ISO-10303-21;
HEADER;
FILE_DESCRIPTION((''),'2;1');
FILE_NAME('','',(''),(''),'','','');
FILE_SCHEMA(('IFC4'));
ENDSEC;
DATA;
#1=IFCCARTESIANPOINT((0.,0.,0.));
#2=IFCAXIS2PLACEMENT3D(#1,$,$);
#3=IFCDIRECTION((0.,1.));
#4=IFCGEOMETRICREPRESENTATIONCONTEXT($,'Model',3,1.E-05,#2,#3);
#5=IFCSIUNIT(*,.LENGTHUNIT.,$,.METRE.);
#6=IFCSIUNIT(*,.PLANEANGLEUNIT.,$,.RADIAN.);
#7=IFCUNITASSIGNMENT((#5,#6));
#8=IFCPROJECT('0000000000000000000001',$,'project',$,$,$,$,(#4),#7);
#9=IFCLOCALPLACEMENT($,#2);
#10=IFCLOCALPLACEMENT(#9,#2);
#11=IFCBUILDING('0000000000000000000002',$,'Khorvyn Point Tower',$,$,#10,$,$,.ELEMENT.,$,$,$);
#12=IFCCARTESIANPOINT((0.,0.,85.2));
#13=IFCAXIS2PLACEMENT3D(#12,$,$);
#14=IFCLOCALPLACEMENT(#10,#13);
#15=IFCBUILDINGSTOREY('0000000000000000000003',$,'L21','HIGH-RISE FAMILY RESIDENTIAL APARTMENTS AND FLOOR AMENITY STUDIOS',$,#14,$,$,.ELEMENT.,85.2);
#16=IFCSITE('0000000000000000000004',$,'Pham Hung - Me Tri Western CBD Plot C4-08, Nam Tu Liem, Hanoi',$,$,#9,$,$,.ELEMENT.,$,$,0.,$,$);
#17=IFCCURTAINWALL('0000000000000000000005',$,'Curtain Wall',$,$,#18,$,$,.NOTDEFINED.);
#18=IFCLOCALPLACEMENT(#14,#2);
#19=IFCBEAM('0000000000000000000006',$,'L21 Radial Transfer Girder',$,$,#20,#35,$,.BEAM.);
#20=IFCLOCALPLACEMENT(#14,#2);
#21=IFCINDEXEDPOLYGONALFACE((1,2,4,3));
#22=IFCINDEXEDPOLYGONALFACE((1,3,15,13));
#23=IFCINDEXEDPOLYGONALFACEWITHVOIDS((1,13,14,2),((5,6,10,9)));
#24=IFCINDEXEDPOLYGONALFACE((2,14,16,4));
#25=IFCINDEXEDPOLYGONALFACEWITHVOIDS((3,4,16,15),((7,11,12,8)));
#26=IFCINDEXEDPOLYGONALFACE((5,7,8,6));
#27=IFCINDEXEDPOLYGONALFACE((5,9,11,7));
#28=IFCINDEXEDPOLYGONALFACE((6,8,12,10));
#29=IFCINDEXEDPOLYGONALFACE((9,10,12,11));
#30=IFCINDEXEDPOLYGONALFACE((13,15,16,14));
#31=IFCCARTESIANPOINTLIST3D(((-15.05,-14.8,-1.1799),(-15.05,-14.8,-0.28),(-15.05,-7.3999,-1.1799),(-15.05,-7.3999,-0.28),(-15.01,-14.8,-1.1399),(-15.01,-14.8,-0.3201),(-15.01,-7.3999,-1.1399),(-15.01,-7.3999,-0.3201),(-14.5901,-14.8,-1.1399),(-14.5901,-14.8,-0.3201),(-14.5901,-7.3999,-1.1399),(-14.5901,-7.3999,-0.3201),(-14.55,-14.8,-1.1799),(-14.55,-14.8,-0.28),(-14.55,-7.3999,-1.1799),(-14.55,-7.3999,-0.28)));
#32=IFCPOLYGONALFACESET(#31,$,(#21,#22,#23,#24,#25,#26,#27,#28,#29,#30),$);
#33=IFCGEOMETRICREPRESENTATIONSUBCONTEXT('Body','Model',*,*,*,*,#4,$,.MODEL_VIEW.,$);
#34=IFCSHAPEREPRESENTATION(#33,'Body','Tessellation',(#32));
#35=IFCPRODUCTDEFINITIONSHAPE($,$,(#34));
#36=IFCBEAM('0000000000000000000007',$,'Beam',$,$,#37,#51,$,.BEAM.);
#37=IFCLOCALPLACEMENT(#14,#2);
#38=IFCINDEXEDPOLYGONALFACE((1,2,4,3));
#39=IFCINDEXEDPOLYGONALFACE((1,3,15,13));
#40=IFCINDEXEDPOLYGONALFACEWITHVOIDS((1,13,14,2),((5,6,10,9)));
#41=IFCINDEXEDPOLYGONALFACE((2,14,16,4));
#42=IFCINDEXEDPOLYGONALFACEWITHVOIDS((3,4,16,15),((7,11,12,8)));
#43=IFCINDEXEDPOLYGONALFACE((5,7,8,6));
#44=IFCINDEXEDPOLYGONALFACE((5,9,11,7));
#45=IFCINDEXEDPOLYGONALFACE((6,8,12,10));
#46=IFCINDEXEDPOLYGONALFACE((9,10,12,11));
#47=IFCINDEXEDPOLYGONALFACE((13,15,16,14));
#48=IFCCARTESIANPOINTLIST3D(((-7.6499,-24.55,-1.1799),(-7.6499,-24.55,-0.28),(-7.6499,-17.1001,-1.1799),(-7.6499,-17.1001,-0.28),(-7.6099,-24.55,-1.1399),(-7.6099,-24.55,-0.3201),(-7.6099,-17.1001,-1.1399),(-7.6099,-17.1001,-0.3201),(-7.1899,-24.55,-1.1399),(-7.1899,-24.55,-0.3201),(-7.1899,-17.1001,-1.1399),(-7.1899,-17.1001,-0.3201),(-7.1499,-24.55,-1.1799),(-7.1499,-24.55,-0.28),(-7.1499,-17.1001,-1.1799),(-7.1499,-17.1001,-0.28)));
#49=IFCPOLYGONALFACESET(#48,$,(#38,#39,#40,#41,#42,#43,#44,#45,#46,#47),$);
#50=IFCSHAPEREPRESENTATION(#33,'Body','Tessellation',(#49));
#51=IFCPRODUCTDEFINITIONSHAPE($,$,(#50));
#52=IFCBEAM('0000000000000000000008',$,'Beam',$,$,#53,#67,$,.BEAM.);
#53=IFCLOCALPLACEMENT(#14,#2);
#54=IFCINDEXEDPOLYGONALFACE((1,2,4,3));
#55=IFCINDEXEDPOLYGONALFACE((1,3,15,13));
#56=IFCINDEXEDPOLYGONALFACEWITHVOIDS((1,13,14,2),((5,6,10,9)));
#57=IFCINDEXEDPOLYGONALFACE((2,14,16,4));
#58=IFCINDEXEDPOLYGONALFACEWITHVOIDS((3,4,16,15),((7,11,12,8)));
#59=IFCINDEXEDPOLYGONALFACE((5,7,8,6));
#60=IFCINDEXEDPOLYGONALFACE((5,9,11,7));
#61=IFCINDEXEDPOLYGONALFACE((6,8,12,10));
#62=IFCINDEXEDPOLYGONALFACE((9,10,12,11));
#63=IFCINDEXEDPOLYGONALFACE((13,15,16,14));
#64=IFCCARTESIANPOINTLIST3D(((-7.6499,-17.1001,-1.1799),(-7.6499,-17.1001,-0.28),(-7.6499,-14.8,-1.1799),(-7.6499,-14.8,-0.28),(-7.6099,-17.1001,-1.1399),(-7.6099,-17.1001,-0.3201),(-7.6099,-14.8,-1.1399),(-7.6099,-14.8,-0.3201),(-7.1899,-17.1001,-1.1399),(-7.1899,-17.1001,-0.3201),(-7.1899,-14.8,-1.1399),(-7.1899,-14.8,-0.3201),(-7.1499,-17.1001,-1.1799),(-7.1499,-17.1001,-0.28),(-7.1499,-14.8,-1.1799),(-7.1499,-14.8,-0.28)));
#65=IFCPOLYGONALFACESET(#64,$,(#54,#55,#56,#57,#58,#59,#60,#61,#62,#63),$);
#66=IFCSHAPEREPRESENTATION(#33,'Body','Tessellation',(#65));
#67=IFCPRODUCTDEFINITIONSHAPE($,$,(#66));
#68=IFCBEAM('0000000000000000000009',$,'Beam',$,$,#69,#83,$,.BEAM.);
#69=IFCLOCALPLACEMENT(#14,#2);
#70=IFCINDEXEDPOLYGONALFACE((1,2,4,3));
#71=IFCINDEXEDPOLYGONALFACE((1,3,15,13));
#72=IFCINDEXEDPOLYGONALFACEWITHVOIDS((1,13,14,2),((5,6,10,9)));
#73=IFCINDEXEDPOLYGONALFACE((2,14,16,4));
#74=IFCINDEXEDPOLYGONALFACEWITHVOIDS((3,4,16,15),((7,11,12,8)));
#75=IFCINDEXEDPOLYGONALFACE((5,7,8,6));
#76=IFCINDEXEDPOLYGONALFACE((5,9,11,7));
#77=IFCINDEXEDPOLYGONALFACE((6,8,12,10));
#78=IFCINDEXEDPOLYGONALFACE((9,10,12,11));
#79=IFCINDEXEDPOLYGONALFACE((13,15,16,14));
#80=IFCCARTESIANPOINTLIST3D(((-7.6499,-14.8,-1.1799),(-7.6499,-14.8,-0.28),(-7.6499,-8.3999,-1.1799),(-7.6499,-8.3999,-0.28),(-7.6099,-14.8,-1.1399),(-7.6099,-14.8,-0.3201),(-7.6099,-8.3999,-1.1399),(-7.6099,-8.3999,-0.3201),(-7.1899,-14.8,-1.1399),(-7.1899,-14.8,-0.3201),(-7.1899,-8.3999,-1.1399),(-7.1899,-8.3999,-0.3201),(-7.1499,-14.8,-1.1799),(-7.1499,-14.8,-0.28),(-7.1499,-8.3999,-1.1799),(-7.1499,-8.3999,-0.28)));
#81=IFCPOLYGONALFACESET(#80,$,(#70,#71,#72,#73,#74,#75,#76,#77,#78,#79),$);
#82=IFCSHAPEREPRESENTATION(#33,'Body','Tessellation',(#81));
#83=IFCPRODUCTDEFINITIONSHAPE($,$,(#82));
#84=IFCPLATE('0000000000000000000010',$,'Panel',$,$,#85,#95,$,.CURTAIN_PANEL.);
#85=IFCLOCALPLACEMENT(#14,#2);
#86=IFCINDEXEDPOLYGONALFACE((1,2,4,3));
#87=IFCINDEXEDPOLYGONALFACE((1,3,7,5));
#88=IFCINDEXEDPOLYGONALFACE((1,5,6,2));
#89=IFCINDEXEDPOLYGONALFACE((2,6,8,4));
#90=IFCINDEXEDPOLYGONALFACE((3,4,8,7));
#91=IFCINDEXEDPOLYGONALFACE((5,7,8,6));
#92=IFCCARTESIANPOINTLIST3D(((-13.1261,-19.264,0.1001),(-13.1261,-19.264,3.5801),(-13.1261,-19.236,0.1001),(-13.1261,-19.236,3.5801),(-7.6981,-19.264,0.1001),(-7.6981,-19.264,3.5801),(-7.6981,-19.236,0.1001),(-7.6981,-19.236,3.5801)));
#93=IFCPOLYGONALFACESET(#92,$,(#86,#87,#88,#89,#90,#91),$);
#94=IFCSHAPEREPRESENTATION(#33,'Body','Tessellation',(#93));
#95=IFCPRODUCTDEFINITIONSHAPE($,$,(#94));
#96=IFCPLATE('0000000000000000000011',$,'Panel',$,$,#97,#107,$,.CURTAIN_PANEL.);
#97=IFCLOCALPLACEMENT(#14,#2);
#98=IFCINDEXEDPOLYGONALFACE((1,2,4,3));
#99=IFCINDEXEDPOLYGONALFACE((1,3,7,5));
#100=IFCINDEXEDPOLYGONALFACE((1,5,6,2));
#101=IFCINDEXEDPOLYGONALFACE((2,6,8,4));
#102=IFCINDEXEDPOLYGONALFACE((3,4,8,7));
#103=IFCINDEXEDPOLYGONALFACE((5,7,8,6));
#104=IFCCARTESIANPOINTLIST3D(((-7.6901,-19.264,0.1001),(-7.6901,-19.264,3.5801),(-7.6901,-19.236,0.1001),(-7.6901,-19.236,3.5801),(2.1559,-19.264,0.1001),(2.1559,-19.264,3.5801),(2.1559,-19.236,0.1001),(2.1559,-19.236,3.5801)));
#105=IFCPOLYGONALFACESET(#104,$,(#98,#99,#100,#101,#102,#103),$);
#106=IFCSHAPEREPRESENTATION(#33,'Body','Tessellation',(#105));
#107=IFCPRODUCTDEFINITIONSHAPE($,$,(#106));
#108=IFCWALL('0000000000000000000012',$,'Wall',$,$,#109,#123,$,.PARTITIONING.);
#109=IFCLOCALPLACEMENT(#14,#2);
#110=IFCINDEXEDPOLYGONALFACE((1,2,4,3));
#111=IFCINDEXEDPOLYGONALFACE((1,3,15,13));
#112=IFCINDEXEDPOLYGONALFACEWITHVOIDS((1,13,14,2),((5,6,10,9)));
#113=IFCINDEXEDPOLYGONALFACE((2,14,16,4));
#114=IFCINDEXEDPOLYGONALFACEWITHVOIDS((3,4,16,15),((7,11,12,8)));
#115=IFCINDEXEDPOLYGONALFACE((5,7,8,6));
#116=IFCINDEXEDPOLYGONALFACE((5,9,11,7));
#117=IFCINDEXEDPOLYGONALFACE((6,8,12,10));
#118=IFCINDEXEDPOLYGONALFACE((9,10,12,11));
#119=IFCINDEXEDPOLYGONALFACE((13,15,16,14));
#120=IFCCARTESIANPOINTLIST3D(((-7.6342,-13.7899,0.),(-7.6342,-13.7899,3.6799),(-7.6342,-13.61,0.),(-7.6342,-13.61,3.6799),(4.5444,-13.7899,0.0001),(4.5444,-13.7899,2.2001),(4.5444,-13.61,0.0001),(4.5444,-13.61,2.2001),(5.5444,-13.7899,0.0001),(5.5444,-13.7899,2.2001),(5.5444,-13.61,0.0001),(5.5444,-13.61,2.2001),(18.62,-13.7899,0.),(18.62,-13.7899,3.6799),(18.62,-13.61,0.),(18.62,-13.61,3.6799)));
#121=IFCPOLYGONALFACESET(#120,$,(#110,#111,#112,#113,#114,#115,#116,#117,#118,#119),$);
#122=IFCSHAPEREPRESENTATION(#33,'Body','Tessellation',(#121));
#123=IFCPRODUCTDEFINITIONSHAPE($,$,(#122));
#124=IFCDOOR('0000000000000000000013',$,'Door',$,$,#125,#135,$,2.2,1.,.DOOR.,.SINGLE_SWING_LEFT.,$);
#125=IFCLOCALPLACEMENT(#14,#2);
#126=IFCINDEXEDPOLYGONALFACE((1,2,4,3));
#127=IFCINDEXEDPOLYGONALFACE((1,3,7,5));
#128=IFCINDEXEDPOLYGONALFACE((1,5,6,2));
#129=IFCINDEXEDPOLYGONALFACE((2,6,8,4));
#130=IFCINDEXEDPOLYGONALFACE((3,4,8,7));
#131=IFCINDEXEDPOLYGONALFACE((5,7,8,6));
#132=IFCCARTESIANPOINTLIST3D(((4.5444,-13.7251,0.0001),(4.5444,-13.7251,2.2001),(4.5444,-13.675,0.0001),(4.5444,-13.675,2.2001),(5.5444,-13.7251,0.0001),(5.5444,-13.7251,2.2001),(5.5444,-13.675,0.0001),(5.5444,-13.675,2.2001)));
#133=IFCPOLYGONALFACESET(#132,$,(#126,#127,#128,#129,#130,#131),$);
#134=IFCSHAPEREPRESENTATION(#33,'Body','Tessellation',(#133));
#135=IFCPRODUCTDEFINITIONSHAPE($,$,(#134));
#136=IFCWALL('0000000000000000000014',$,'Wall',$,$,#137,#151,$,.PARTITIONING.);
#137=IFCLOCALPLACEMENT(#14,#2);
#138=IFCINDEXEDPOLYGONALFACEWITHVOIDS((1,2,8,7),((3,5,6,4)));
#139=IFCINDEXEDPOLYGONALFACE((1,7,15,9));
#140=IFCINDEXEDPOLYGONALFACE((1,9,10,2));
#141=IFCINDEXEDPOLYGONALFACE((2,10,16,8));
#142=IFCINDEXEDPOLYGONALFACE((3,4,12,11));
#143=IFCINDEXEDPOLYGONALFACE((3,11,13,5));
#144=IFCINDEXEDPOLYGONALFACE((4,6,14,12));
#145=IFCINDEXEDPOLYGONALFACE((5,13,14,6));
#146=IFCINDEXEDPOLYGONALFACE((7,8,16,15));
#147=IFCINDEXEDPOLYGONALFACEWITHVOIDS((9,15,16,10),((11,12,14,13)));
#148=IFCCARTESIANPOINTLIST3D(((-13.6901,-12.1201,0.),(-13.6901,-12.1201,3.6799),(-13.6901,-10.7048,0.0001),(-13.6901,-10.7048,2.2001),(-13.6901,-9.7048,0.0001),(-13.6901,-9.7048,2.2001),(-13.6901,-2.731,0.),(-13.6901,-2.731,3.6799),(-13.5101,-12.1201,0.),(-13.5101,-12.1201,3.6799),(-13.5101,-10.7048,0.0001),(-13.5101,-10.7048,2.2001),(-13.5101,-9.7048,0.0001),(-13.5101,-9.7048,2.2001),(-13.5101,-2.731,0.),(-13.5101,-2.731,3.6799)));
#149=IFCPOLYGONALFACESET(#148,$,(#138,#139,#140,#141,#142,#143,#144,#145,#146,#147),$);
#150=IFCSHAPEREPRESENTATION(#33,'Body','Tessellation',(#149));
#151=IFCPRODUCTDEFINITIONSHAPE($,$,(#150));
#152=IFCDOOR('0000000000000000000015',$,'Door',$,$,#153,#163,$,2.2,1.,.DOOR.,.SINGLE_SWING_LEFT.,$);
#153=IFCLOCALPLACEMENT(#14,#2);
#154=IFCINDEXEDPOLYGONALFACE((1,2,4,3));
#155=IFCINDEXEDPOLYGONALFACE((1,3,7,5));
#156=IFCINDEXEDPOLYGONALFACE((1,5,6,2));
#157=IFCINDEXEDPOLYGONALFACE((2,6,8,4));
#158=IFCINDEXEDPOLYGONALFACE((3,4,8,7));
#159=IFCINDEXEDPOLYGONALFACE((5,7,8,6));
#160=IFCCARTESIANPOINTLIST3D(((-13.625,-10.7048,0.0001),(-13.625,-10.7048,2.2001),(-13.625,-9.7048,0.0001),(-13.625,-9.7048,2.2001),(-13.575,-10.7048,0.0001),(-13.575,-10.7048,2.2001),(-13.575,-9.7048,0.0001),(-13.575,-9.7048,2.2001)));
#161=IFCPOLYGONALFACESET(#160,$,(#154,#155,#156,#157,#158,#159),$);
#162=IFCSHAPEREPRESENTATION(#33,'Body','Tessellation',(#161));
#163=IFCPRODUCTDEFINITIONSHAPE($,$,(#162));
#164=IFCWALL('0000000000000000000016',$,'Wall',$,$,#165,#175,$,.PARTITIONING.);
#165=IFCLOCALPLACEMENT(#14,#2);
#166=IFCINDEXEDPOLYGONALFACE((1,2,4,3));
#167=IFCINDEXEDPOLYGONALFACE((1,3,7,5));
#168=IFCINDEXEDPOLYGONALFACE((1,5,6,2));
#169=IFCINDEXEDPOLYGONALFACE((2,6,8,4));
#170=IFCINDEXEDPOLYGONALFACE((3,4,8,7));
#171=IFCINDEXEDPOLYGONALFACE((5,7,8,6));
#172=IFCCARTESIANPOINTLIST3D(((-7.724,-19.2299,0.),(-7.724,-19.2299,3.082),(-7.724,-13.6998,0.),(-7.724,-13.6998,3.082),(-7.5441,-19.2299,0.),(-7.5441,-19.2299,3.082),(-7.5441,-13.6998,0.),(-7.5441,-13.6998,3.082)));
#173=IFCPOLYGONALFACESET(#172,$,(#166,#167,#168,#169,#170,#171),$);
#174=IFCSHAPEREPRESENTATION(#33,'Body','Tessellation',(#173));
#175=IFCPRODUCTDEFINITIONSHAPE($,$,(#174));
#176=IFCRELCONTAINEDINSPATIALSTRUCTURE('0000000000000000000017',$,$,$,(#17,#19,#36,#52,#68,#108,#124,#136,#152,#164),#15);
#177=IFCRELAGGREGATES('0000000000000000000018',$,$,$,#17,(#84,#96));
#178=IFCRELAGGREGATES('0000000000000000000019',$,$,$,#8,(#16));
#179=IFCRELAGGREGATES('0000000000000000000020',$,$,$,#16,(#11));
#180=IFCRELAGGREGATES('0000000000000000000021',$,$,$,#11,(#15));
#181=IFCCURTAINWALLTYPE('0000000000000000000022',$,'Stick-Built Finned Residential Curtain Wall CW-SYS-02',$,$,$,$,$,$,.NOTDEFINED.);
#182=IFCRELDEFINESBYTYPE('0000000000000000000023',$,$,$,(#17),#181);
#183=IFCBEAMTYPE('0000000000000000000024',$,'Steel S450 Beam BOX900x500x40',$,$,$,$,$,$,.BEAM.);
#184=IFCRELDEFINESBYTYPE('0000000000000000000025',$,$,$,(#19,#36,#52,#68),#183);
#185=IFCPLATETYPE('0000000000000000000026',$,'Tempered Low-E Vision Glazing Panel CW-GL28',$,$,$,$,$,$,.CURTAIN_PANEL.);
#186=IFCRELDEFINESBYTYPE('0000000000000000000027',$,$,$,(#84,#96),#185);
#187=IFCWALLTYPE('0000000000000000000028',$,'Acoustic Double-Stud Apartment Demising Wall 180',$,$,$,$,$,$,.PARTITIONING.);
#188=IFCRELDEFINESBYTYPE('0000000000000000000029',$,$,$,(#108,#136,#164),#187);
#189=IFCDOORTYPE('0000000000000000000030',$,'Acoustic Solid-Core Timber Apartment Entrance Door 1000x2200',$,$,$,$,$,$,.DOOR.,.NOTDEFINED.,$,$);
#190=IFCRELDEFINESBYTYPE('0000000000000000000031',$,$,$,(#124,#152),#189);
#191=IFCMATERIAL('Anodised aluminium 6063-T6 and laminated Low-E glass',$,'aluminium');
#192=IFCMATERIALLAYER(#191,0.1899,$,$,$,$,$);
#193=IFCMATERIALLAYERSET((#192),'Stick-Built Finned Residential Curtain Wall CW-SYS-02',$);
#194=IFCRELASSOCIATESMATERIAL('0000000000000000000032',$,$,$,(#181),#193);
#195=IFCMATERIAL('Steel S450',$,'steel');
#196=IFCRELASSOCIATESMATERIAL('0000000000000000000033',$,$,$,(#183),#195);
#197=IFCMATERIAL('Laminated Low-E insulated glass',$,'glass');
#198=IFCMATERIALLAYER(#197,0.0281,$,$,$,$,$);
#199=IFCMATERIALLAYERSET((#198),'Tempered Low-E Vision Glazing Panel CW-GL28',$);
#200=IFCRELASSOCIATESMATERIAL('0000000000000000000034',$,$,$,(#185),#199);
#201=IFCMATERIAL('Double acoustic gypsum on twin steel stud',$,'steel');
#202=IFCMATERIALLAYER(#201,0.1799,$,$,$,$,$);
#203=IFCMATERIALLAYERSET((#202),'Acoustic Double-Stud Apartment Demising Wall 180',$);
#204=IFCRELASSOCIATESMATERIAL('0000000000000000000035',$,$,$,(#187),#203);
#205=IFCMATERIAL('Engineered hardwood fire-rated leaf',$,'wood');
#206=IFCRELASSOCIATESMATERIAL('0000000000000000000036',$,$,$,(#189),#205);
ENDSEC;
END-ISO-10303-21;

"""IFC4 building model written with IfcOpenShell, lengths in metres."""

from ifc_helpers import new_model, si_unit, direction, frame, frame_2d, origin, origin_2d, place, context, subcontext, project, spatial, rectangle, hollow_rectangle, extrude, material, layer, layer_set, material_profile, profile_set, type_object, element, fill, aggregate, save


model = new_model("IFC4")

# Units and contexts
model_context = context("Model", 3, precision=1e-05, world=origin(), true_north=direction((0.0, 1.0)))
body_context = subcontext(model_context, "Body", "Model", "MODEL_VIEW")
ifc_project = project(units=[si_unit("LENGTHUNIT", "METRE"), si_unit("PLANEANGLEUNIT", "RADIAN")], contexts=[model_context])

# Site, building, storey
site_placement = place(None, origin())
site = spatial("IfcSite", under=ifc_project, at=site_placement, Name="Pham Hung - Me Tri Western CBD Plot C4-08, Nam Tu Liem, Hanoi", CompositionType="ELEMENT", RefElevation=0.0)
building_placement = place(site_placement, origin())
building = spatial("IfcBuilding", under=site, at=building_placement, Name="Khorvyn Point Tower", CompositionType="ELEMENT")
storey_placement = place(building_placement, frame((0.0, 0.0, 85.2)))
storey = spatial("IfcBuildingStorey", under=building, at=storey_placement, Name="L21", Description="HIGH-RISE FAMILY RESIDENTIAL APARTMENTS AND FLOOR AMENITY STUDIOS", CompositionType="ELEMENT", Elevation=85.2)

# Curtain wall
ifc_material_1 = material(Name="Anodised aluminium 6063-T6 and laminated Low-E glass", Category="aluminium")
ifc_layer_1 = layer(ifc_material_1, 0.1899)
ifc_layer_set_1 = layer_set([ifc_layer_1], Name="Stick-Built Finned Residential Curtain Wall CW-SYS-02")
curtain_wall_type = type_object("IfcCurtainWallType", Name="Stick-Built Finned Residential Curtain Wall CW-SYS-02", PredefinedType="NOTDEFINED", material=ifc_layer_set_1)
curtain_wall_1_placement = place(storey_placement, origin())
curtain_wall_1 = element("IfcCurtainWall", 1, at=curtain_wall_1_placement, inside=storey, type_object=curtain_wall_type, Name="Curtain Wall", PredefinedType="NOTDEFINED")

# Beams
ifc_material_2 = material(Name="Steel S450", Category="steel")
ifc_material_profile_1 = material_profile(ifc_material_2, hollow_rectangle(XDim=0.5, YDim=0.8999, WallThickness=0.04, at=origin_2d()))
ifc_profile_set_1 = profile_set([ifc_material_profile_1], Name="Steel S450 BOX900x500x40")
beam_type_1 = type_object("IfcBeamType", Name="Steel S450 Beam BOX900x500x40", PredefinedType="BEAM", material=ifc_profile_set_1)
beam_1_placement = place(storey_placement, frame((-14.8, -14.8, -0.73), z_axis=(0.0, 1.0, 0.0), x_axis=(-1.0, 0.0, 0.0)))
element("IfcBeam", 2, at=beam_1_placement, inside=storey, type_object=beam_type_1, Name="L21 Radial Transfer Girder", PredefinedType="BEAM", context=body_context, shape_type="SweptSolid", body=[
    extrude(hollow_rectangle(XDim=0.5, YDim=0.8999, WallThickness=0.04, at=origin_2d()), origin(), (0.0, 0.0, 1.0), 7.4001),
])
beam_2_placement = place(storey_placement, frame((-7.3999, -24.55, -0.73), z_axis=(0.0, 1.0, 0.0), x_axis=(-1.0, 0.0, 0.0)))
element("IfcBeam", 3, at=beam_2_placement, inside=storey, type_object=beam_type_1, Name="Beam", PredefinedType="BEAM", context=body_context, shape_type="SweptSolid", body=[
    extrude(hollow_rectangle(XDim=0.5, YDim=0.8999, WallThickness=0.04, at=origin_2d()), origin(), (0.0, 0.0, 1.0), 7.45),
])
beam_3_placement = place(storey_placement, frame((-7.3999, -17.1001, -0.73), z_axis=(0.0, 1.0, 0.0), x_axis=(-1.0, 0.0, 0.0)))
element("IfcBeam", 4, at=beam_3_placement, inside=storey, type_object=beam_type_1, Name="Beam", PredefinedType="BEAM", context=body_context, shape_type="SweptSolid", body=[
    extrude(hollow_rectangle(XDim=0.5, YDim=0.8999, WallThickness=0.04, at=origin_2d()), origin(), (0.0, 0.0, 1.0), 2.3),
])
beam_4_placement = place(storey_placement, frame((-7.3999, -14.8, -0.73), z_axis=(0.0, 1.0, 0.0), x_axis=(-1.0, 0.0, 0.0)))
element("IfcBeam", 5, at=beam_4_placement, inside=storey, type_object=beam_type_1, Name="Beam", PredefinedType="BEAM", context=body_context, shape_type="SweptSolid", body=[
    extrude(hollow_rectangle(XDim=0.5, YDim=0.8999, WallThickness=0.04, at=origin_2d()), origin(), (0.0, 0.0, 1.0), 6.4001),
])

# Plates
ifc_material_3 = material(Name="Laminated Low-E insulated glass", Category="glass")
ifc_layer_2 = layer(ifc_material_3, 0.0281)
ifc_layer_set_2 = layer_set([ifc_layer_2], Name="Tempered Low-E Vision Glazing Panel CW-GL28")
plate_type = type_object("IfcPlateType", Name="Tempered Low-E Vision Glazing Panel CW-GL28", PredefinedType="CURTAIN_PANEL", material=ifc_layer_set_2)
plate_1_placement = place(storey_placement, frame((-10.4121, -19.25, 0.1001), z_axis=(0.0, 0.0, 1.0), x_axis=(-1.0, 0.0, 0.0)))
plate_1 = element("IfcPlate", 6, at=plate_1_placement, type_object=plate_type, Name="Panel", PredefinedType="CURTAIN_PANEL", context=body_context, shape_type="SweptSolid", body=[
    extrude(rectangle(XDim=5.428, YDim=0.0281, at=origin_2d()), origin(), (0.0, 0.0, 1.0), 3.48),
])
plate_2_placement = place(storey_placement, frame((-2.7671, -19.25, 0.1001), z_axis=(0.0, 0.0, 1.0), x_axis=(-1.0, 0.0, 0.0)))
plate_2 = element("IfcPlate", 7, at=plate_2_placement, type_object=plate_type, Name="Panel", PredefinedType="CURTAIN_PANEL", context=body_context, shape_type="SweptSolid", body=[
    extrude(rectangle(XDim=9.8459, YDim=0.0281, at=origin_2d()), origin(), (0.0, 0.0, 1.0), 3.48),
])
aggregate(curtain_wall_1, [plate_1, plate_2])

# Walls, openings, doors
ifc_material_4 = material(Name="Double acoustic gypsum on twin steel stud", Category="steel")
ifc_layer_3 = layer(ifc_material_4, 0.1799)
ifc_layer_set_3 = layer_set([ifc_layer_3], Name="Acoustic Double-Stud Apartment Demising Wall 180")
wall_type_1 = type_object("IfcWallType", Name="Acoustic Double-Stud Apartment Demising Wall 180", PredefinedType="PARTITIONING", material=ifc_layer_set_3)
wall_1_placement = place(storey_placement, frame((-7.634, -13.7, 0.0), z_axis=(0.0, 0.0, 1.0), x_axis=(1.0, 0.0, 0.0)))
wall_1 = element("IfcWall", 8, at=wall_1_placement, inside=storey, type_object=wall_type_1, Name="Wall", PredefinedType="PARTITIONING", context=body_context, shape_type="SweptSolid", body=[
    extrude(rectangle(XDim=26.2542, YDim=0.1799, at=frame_2d((13.127, 0.0))), origin(), (0.0, 0.0, 1.0), 3.6799),
])
opening_1_placement = place(wall_1_placement, frame((12.1785, 0.0, 0.0)))
opening_1 = element("IfcOpeningElement", 9, at=opening_1_placement, cuts=wall_1, PredefinedType="OPENING", context=body_context, shape_type="SweptSolid", body=[
    extrude(rectangle(XDim=1.0, YDim=2.2, at=frame_2d((0.5, 1.1001))), frame((0.0, 0.0999, 0.0), z_axis=(0.0, -1.0, 0.0), x_axis=(1.0, 0.0, 0.0)), (0.0, 0.0, 1.0), 0.2),
])
ifc_material_5 = material(Name="Engineered hardwood fire-rated leaf", Category="wood")
door_type_1 = type_object("IfcDoorType", Name="Acoustic Solid-Core Timber Apartment Entrance Door 1000x2200", OperationType="NOTDEFINED", PredefinedType="DOOR", material=ifc_material_5)
door_1_placement = place(opening_1_placement, origin())
door_1 = element("IfcDoor", 10, at=door_1_placement, inside=storey, type_object=door_type_1, Name="Door", OperationType="SINGLE_SWING_LEFT", OverallHeight=2.2, OverallWidth=1.0, PredefinedType="DOOR", context=body_context, shape_type="SweptSolid", body=[
    extrude(rectangle(XDim=1.0, YDim=2.2, at=frame_2d((0.5, 1.1001))), frame((0.0, 0.0249, 0.0), z_axis=(0.0, -1.0, 0.0), x_axis=(1.0, 0.0, 0.0)), (0.0, 0.0, 1.0), 0.05),
])
fill(opening_1, door_1)
wall_2_placement = place(storey_placement, frame((-13.6001, -12.1201, 0.0), z_axis=(0.0, 0.0, 1.0), x_axis=(0.0, 1.0, 0.0)))
wall_2 = element("IfcWall", 11, at=wall_2_placement, inside=storey, type_object=wall_type_1, Name="Wall", PredefinedType="PARTITIONING", context=body_context, shape_type="SweptSolid", body=[
    extrude(rectangle(XDim=9.3892, YDim=0.1799, at=frame_2d((4.6946, 0.0))), origin(), (0.0, 0.0, 1.0), 3.6799),
])
opening_2_placement = place(wall_2_placement, frame((1.4153, 0.0, 0.0)))
opening_2 = element("IfcOpeningElement", 12, at=opening_2_placement, cuts=wall_2, PredefinedType="OPENING", context=body_context, shape_type="SweptSolid", body=[
    extrude(rectangle(XDim=1.0, YDim=2.2, at=frame_2d((0.5, 1.1001))), frame((0.0, 0.0999, 0.0), z_axis=(0.0, -1.0, 0.0), x_axis=(1.0, 0.0, 0.0)), (0.0, 0.0, 1.0), 0.2),
])
door_2_placement = place(opening_2_placement, origin())
door_2 = element("IfcDoor", 13, at=door_2_placement, inside=storey, type_object=door_type_1, Name="Door", OperationType="SINGLE_SWING_LEFT", OverallHeight=2.2, OverallWidth=1.0, PredefinedType="DOOR", context=body_context, shape_type="SweptSolid", body=[
    extrude(rectangle(XDim=1.0, YDim=2.2, at=frame_2d((0.5, 1.1001))), frame((0.0, 0.0249, 0.0), z_axis=(0.0, -1.0, 0.0), x_axis=(1.0, 0.0, 0.0)), (0.0, 0.0, 1.0), 0.05),
])
fill(opening_2, door_2)

# Wall
wall_3_placement = place(storey_placement, frame((-7.634, -19.23, 0.0), z_axis=(0.0, 0.0, 1.0), x_axis=(0.0, 1.0, 0.0)))
element("IfcWall", 14, at=wall_3_placement, inside=storey, type_object=wall_type_1, Name="Wall", PredefinedType="PARTITIONING", context=body_context, shape_type="SweptSolid", body=[
    extrude(rectangle(XDim=5.53, YDim=0.1799, at=frame_2d((2.7651, 0.0))), origin(), (0.0, 0.0, 1.0), 3.082),
])

save(model, "model.ifc")
